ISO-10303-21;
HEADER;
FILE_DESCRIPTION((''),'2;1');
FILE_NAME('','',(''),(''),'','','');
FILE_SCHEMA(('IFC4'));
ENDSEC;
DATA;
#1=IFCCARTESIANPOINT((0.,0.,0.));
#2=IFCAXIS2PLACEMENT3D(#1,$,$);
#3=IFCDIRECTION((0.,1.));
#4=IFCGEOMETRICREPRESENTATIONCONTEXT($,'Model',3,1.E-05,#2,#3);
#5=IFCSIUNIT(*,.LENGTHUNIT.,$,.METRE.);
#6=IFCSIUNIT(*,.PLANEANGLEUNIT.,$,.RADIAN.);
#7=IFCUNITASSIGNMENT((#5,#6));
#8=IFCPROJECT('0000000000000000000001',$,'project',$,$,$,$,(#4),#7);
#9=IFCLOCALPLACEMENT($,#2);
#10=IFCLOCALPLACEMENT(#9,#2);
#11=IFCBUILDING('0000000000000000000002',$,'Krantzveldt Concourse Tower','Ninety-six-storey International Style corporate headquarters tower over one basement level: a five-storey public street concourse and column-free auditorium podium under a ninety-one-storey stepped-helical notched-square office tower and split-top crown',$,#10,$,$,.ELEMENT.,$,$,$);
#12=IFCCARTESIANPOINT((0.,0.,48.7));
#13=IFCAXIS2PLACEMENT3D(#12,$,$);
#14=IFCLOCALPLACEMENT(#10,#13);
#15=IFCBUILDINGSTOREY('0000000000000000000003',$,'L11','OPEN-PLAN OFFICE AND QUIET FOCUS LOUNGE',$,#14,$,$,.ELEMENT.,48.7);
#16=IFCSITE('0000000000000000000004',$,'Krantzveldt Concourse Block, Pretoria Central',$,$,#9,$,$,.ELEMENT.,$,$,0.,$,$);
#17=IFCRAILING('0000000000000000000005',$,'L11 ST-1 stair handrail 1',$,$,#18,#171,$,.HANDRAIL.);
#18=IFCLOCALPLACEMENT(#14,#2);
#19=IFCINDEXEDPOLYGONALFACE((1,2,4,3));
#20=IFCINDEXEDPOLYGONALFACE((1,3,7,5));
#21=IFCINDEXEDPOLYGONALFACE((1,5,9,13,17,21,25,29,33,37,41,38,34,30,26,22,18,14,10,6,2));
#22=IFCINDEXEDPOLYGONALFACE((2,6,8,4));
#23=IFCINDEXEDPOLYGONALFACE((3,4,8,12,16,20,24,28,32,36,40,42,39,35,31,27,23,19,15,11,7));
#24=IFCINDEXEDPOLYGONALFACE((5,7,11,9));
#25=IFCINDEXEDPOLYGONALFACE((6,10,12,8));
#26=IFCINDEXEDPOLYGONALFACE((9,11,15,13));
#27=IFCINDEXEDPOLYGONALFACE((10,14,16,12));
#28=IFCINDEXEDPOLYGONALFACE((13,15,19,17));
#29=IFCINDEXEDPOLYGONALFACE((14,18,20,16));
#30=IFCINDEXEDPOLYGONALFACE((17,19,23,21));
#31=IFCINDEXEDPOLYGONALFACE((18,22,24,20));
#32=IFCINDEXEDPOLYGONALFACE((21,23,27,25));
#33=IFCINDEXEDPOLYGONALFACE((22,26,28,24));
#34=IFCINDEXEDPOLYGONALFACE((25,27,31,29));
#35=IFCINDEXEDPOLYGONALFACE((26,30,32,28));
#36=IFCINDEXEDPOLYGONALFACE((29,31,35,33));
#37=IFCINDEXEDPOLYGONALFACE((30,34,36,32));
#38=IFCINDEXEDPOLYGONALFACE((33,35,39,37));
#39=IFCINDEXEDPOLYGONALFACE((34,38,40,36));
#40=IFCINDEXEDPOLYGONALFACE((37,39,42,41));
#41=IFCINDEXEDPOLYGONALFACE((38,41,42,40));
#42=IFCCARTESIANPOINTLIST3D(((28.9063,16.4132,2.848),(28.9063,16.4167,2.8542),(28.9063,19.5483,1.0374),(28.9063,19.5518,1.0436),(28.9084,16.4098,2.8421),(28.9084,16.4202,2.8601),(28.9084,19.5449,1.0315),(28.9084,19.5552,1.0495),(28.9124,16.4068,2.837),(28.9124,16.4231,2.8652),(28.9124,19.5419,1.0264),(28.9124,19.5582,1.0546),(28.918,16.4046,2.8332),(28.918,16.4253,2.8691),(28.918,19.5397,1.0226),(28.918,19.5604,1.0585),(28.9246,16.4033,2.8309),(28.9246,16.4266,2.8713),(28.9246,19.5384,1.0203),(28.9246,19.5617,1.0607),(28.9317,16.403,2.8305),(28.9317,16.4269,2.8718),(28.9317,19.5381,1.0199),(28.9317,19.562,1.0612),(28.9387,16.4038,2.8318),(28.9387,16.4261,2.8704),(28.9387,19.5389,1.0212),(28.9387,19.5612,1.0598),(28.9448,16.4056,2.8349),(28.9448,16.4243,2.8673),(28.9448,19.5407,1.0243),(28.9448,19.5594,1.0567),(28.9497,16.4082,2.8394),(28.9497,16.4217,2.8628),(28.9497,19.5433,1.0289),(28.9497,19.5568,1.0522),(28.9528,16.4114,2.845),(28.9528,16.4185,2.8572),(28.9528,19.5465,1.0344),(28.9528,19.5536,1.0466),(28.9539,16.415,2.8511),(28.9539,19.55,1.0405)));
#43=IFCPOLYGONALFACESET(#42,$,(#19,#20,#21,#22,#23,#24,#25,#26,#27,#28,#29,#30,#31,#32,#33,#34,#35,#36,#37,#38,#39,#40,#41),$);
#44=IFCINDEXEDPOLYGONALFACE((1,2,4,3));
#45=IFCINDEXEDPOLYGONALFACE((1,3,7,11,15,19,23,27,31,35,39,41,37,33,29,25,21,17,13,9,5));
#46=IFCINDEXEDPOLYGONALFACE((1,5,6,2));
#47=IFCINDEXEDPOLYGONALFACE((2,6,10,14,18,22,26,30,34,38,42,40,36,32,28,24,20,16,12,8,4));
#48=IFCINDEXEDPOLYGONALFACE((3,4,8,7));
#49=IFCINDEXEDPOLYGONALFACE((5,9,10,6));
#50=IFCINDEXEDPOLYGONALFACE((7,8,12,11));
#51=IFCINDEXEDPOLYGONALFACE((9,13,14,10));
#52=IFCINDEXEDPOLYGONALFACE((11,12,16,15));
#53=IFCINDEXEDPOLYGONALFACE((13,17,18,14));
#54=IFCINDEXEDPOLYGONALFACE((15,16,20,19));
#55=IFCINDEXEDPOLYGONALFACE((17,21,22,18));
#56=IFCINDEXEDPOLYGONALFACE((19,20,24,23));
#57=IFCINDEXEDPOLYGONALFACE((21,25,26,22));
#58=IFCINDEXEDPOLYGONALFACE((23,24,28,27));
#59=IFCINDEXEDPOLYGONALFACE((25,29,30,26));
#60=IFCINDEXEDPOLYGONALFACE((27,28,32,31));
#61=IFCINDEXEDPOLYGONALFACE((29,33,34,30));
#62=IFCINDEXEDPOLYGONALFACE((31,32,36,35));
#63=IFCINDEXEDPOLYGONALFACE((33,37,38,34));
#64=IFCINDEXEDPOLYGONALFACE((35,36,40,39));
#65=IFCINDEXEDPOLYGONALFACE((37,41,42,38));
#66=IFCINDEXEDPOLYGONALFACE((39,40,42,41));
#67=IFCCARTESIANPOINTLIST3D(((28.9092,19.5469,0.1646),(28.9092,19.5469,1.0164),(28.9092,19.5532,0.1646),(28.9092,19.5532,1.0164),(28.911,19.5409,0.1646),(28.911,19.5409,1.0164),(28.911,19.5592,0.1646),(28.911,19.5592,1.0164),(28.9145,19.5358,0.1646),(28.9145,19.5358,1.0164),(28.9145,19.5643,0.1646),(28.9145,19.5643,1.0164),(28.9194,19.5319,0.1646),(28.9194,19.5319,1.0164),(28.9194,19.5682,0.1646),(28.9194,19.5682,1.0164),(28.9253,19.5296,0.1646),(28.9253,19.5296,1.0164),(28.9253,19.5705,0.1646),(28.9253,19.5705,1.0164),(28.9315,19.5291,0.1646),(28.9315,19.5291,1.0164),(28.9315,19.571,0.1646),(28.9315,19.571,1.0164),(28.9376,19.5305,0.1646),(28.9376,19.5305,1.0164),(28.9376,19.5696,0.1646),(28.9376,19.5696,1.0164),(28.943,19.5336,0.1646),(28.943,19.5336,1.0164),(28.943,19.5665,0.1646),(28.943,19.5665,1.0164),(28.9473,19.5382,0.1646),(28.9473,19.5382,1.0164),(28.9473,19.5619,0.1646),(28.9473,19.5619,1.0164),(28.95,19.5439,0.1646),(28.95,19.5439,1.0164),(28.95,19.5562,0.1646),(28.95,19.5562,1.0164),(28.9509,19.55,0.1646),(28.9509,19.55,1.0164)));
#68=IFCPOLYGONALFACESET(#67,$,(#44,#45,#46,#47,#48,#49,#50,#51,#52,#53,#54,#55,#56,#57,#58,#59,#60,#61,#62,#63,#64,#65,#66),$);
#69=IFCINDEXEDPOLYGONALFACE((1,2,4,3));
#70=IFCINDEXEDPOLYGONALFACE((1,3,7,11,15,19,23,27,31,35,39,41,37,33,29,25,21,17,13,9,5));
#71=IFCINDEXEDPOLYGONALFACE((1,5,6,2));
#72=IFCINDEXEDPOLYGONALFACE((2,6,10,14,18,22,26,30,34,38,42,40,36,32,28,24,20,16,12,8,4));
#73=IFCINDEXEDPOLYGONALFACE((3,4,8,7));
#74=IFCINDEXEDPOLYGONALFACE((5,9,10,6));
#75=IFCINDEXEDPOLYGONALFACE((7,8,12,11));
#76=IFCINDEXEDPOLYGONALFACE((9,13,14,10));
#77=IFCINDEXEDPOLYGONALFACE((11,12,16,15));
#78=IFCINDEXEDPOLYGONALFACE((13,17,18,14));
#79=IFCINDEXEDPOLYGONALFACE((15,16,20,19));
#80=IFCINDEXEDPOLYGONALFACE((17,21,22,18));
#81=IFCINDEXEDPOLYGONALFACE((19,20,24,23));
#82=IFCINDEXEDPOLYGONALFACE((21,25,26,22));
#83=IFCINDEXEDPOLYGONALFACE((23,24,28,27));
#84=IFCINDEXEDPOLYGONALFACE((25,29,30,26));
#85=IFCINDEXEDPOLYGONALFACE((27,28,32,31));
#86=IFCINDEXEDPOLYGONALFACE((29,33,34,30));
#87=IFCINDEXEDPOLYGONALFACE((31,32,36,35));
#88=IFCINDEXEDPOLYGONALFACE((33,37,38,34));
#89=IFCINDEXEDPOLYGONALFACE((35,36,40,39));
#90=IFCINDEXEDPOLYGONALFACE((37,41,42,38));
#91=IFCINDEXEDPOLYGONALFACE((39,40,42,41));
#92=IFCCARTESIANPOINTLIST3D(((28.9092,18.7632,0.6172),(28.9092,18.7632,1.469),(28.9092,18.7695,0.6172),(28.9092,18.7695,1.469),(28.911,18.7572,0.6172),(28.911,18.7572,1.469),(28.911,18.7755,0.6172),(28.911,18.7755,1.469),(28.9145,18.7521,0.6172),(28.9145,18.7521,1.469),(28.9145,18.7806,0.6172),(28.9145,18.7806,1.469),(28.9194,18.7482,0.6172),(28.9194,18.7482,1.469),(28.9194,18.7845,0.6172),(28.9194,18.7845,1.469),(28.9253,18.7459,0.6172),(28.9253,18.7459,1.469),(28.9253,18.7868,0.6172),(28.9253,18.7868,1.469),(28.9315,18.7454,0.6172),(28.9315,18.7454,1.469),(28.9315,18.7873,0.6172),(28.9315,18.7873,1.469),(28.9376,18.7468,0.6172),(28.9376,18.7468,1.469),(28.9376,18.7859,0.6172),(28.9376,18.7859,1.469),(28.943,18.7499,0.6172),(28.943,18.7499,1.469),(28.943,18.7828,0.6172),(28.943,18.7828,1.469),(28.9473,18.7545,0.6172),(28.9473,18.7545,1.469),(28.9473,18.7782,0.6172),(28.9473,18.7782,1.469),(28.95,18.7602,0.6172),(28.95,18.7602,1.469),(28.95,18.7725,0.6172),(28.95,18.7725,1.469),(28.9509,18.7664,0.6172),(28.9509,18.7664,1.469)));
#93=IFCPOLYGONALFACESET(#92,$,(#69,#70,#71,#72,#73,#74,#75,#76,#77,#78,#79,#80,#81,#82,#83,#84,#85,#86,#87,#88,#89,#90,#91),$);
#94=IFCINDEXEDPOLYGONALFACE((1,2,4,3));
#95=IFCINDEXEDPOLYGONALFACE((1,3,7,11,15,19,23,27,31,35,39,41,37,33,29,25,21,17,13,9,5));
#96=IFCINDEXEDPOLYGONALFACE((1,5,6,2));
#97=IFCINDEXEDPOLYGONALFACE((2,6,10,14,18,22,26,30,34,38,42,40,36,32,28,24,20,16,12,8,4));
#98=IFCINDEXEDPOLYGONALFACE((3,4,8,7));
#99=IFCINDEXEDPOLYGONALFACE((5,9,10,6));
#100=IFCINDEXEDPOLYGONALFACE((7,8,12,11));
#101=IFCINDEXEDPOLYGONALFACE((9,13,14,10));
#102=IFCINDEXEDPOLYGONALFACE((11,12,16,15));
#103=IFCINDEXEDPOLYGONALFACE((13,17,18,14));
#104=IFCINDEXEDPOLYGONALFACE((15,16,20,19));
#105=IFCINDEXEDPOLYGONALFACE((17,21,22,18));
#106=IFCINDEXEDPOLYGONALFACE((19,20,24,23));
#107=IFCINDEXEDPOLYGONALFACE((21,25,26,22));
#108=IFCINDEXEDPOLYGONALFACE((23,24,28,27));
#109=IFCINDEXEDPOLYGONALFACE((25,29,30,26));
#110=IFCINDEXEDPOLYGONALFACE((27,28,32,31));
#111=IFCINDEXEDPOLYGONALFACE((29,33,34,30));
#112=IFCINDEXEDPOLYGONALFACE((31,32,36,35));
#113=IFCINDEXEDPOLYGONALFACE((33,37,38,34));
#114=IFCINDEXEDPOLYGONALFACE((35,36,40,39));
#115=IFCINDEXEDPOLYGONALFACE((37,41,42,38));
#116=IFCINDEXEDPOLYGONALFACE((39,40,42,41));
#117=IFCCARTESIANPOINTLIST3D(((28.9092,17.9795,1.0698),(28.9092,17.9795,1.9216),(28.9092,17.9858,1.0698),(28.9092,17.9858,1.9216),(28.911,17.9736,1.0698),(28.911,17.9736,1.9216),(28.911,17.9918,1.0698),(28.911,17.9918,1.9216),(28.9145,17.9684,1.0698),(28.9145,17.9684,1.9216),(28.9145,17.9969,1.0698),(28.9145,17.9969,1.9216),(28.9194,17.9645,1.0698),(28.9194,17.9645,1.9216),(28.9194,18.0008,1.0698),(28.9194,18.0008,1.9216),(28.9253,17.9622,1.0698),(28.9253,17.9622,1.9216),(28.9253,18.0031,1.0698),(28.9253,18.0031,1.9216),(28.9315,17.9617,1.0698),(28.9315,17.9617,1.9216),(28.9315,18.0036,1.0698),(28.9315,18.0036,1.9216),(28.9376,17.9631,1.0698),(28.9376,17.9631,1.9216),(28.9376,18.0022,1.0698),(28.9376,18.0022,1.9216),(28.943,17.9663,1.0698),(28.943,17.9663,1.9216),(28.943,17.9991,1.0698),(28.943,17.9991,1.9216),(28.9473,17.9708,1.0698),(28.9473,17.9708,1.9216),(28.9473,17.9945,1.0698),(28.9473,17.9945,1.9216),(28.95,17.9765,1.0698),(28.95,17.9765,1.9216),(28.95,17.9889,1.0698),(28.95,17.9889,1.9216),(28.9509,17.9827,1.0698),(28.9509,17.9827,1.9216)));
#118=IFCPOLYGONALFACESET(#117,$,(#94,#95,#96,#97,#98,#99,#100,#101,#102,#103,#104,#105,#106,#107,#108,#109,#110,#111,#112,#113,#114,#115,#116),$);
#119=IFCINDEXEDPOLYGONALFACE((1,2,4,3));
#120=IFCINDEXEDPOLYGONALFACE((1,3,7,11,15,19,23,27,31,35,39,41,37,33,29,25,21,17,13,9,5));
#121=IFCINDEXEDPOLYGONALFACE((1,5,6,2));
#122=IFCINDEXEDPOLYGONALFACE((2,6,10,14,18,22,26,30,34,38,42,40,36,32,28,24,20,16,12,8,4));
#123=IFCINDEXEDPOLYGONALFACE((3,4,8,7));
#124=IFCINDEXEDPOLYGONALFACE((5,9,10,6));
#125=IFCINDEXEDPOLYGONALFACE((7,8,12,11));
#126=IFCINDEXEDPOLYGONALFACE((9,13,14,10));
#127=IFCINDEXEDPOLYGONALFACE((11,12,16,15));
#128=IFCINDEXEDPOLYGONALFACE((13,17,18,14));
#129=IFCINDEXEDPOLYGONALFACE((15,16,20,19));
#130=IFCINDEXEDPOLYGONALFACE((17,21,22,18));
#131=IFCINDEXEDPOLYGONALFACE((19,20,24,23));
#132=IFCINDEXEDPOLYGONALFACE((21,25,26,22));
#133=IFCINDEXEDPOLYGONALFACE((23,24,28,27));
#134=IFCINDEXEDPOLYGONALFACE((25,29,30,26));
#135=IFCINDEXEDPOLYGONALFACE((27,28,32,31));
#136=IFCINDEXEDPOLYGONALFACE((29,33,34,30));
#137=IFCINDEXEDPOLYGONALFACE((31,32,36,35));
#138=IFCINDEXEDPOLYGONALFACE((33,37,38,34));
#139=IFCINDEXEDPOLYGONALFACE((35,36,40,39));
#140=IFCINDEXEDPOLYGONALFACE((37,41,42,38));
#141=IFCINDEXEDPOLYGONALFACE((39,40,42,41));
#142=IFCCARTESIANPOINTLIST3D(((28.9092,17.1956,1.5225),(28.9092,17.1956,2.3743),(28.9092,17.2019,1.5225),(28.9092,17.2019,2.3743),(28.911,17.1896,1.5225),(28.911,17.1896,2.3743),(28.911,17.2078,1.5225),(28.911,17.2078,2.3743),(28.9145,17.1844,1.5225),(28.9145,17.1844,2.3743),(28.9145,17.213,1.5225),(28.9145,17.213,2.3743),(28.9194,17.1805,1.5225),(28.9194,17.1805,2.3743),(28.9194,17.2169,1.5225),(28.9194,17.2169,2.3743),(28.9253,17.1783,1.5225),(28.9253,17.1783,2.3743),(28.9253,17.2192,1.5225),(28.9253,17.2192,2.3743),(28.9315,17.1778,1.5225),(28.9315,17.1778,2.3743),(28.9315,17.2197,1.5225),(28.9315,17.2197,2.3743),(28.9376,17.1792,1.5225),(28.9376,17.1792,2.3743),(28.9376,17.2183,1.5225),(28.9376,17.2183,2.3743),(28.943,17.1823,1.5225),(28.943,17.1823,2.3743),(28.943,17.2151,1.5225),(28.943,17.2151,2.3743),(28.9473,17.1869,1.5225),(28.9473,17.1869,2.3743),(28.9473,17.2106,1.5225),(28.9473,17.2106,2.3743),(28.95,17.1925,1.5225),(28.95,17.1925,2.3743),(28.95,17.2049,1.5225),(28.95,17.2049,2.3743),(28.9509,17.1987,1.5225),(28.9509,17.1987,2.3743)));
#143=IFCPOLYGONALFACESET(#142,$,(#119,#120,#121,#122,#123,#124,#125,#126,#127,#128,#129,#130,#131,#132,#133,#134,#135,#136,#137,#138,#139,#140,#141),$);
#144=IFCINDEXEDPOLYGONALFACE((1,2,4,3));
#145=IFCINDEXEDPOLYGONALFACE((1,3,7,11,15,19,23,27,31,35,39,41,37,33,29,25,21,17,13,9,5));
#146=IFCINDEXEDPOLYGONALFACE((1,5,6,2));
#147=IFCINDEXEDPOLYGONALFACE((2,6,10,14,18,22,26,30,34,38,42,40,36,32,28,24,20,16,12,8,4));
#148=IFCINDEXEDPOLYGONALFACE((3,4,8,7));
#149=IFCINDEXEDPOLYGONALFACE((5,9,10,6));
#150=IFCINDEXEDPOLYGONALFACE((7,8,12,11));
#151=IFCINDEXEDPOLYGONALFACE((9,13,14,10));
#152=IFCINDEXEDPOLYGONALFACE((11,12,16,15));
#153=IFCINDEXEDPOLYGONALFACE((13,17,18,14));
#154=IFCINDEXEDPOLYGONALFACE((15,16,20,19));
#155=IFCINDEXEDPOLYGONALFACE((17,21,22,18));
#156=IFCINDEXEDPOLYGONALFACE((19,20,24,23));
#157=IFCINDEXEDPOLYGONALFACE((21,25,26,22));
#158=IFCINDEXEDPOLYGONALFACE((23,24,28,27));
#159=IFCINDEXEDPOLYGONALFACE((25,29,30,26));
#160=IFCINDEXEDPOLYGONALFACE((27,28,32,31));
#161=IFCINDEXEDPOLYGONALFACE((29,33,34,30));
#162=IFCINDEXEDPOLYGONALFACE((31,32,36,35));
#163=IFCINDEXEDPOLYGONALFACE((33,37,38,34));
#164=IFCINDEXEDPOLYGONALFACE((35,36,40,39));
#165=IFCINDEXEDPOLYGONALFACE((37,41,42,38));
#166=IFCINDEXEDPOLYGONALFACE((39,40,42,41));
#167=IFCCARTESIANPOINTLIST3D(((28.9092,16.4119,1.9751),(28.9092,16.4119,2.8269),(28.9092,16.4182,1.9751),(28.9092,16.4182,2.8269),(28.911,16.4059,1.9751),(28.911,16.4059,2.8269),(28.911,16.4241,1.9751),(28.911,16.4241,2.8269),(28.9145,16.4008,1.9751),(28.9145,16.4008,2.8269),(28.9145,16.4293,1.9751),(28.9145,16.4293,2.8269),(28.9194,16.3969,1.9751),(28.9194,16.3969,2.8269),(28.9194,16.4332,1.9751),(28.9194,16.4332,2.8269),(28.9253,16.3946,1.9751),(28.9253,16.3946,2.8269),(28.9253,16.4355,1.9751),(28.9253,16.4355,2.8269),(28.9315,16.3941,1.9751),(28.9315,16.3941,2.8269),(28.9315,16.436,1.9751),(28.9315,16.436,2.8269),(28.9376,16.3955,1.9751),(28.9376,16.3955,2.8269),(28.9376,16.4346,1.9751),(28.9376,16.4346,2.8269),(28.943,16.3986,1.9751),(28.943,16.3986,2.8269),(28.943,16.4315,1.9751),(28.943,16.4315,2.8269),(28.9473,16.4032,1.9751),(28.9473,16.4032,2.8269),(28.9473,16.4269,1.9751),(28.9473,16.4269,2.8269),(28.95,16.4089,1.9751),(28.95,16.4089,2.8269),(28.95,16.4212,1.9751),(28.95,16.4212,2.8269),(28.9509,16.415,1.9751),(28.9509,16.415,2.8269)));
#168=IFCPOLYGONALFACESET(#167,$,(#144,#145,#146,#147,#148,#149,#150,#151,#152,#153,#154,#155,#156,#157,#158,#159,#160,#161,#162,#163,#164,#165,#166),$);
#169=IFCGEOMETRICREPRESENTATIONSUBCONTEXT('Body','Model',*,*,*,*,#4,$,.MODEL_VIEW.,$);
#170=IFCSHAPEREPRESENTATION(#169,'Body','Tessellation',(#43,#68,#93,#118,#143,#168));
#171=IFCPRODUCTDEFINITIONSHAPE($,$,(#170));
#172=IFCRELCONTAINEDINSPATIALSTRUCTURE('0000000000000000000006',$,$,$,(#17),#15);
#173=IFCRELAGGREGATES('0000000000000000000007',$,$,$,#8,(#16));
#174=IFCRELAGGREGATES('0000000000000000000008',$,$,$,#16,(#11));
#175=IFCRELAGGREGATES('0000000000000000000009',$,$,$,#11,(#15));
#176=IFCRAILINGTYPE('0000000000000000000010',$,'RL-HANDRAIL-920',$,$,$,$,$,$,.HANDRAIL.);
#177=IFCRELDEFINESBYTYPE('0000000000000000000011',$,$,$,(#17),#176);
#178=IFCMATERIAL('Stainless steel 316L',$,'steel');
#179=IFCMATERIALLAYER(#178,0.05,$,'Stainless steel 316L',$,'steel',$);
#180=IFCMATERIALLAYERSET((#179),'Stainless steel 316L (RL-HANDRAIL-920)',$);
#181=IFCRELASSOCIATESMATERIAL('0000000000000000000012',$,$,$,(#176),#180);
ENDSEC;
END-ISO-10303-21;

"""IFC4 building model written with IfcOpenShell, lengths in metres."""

from ifc_helpers import new_model, si_unit, direction, frame, origin, origin_2d, place, context, subcontext, project, spatial, circle, extrude, material, layer, layer_set, type_object, element, save


model = new_model("IFC4")

# Units and contexts
model_context = context("Model", 3, precision=1e-05, world=origin(), true_north=direction((0.0, 1.0)))
body_context = subcontext(model_context, "Body", "Model", "MODEL_VIEW")
ifc_project = project(units=[si_unit("LENGTHUNIT", "METRE"), si_unit("PLANEANGLEUNIT", "RADIAN")], contexts=[model_context])

# Site, building, storey
site_placement = place(None, origin())
site = spatial("IfcSite", under=ifc_project, at=site_placement, Name="Krantzveldt Concourse Block, Pretoria Central", CompositionType="ELEMENT", RefElevation=0.0)
building_placement = place(site_placement, origin())
building = spatial("IfcBuilding", under=site, at=building_placement, Name="Krantzveldt Concourse Tower", Description="Ninety-six-storey International Style corporate headquarters tower over one basement level: a five-storey public street concourse and column-free auditorium podium under a ninety-one-storey stepped-helical notched-square office tower and split-top crown", CompositionType="ELEMENT")
storey_placement = place(building_placement, frame((0.0, 0.0, 48.7)))
storey = spatial("IfcBuildingStorey", under=building, at=storey_placement, Name="L11", Description="OPEN-PLAN OFFICE AND QUIET FOCUS LOUNGE", CompositionType="ELEMENT", Elevation=48.7)

# Railing
ifc_material_1 = material(Name="Stainless steel 316L", Category="steel")
ifc_layer_1 = layer(ifc_material_1, 0.05, Name="Stainless steel 316L", Category="steel")
ifc_layer_set_1 = layer_set([ifc_layer_1], Name="Stainless steel 316L (RL-HANDRAIL-920)")
railing_type_1 = type_object("IfcRailingType", Name="RL-HANDRAIL-920", PredefinedType="HANDRAIL", material=ifc_layer_set_1)
railing_1_placement = place(storey_placement, frame((28.9299, 19.55, 0.1646)))
element("IfcRailing", 1, at=railing_1_placement, inside=storey, type_object=railing_type_1, Name="L11 ST-1 stair handrail 1", PredefinedType="HANDRAIL", context=body_context, shape_type="SweptSolid", body=[
    extrude(circle(Radius=0.0239, at=origin_2d()), frame((0.0, 0.0, 0.876), z_axis=(0.0, -0.86596, 0.500114), x_axis=(1.0, 0.0, 0.0)), (0.0, 0.0, 1.0), 3.6204),
    extrude(circle(Radius=0.021, at=origin_2d()), origin(), (0.0, 0.0, 1.0), 0.8518),
    extrude(circle(Radius=0.021, at=origin_2d()), frame((0.0, -0.7837, 0.4526)), (0.0, 0.0, 1.0), 0.8518),
    extrude(circle(Radius=0.021, at=origin_2d()), frame((0.0, -1.5674, 0.9053)), (0.0, 0.0, 1.0), 0.8518),
    extrude(circle(Radius=0.021, at=origin_2d()), frame((0.0, -2.3513, 1.3579)), (0.0, 0.0, 1.0), 0.8518),
    extrude(circle(Radius=0.021, at=origin_2d()), frame((0.0, -3.135, 1.8105)), (0.0, 0.0, 1.0), 0.8518),
])

save(model, "model.ifc")
